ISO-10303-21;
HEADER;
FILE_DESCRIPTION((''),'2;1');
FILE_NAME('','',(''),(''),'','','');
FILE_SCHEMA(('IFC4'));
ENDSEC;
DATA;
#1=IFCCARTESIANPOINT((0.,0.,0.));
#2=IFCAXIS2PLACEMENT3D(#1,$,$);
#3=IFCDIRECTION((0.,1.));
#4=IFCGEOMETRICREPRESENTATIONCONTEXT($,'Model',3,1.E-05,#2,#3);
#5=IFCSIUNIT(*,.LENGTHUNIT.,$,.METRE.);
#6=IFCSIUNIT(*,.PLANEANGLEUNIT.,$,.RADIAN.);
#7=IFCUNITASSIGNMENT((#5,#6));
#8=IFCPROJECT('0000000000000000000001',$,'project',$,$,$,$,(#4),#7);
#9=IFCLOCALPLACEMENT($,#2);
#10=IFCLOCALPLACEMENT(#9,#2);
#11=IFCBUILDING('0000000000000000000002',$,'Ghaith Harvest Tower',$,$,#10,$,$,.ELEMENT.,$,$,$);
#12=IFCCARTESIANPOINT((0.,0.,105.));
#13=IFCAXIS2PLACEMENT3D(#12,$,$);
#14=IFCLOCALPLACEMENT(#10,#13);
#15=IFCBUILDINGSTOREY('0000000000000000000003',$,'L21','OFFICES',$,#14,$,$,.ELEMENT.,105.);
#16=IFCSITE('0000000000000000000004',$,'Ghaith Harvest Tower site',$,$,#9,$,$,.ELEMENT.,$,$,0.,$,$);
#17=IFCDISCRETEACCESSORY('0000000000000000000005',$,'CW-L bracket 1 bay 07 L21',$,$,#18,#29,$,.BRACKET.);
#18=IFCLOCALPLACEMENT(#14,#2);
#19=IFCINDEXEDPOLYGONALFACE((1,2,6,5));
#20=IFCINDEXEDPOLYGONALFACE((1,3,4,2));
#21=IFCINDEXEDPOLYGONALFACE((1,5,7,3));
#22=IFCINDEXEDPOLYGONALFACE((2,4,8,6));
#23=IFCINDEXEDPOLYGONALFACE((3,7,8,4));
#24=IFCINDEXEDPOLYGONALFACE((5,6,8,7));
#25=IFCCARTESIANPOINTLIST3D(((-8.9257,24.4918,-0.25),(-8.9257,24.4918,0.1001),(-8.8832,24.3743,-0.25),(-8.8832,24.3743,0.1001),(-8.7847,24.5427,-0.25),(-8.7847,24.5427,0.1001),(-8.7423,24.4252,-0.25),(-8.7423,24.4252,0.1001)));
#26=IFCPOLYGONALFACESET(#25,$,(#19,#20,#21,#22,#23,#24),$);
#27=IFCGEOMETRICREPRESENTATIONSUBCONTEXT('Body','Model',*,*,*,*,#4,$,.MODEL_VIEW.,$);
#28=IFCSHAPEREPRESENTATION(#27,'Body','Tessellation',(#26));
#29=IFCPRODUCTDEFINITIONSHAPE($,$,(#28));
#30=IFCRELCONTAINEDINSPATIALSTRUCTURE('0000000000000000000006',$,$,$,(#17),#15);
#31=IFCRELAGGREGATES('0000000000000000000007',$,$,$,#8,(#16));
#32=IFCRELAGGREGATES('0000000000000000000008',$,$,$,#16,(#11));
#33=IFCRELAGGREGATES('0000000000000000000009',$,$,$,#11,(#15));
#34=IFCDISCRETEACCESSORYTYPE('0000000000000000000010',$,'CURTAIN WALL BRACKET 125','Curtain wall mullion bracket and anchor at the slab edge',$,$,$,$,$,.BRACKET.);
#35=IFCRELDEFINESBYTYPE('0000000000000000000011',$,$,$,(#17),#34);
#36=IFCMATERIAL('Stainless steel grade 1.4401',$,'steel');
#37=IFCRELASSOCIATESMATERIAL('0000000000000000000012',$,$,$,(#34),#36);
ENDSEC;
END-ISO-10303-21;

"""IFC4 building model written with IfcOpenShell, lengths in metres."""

from ifc_helpers import new_model, si_unit, direction, frame, origin, origin_2d, place, context, subcontext, project, spatial, rectangle, extrude, material, type_object, element, save


model = new_model("IFC4")

# Units and contexts
model_context = context("Model", 3, precision=1e-05, world=origin(), true_north=direction((0.0, 1.0)))
body_context = subcontext(model_context, "Body", "Model", "MODEL_VIEW")
ifc_project = project(units=[si_unit("LENGTHUNIT", "METRE"), si_unit("PLANEANGLEUNIT", "RADIAN")], contexts=[model_context])

# Site, building, storey
site_placement = place(None, origin())
site = spatial("IfcSite", under=ifc_project, at=site_placement, Name="Ghaith Harvest Tower site", CompositionType="ELEMENT", RefElevation=0.0)
building_placement = place(site_placement, origin())
building = spatial("IfcBuilding", under=site, at=building_placement, Name="Ghaith Harvest Tower", CompositionType="ELEMENT")
storey_placement = place(building_placement, frame((0.0, 0.0, 105.0)))
storey = spatial("IfcBuildingStorey", under=building, at=storey_placement, Name="L21", Description="OFFICES", CompositionType="ELEMENT", Elevation=105.0)

# Discrete accessory
ifc_material_1 = material(Name="Stainless steel grade 1.4401", Category="steel")
discrete_accessory_type = type_object("IfcDiscreteAccessoryType", Name="CURTAIN WALL BRACKET 125", Description="Curtain wall mullion bracket and anchor at the slab edge", PredefinedType="BRACKET", material=ifc_material_1)
discrete_accessory_placement = place(storey_placement, frame((-8.834, 24.4585, -0.25), z_axis=(0.0, 0.0, 1.0), x_axis=(-0.339699, 0.940534, 0.0)))
element("IfcDiscreteAccessory", 1, at=discrete_accessory_placement, inside=storey, type_object=discrete_accessory_type, Name="CW-L bracket 1 bay 07 L21", PredefinedType="BRACKET", context=body_context, shape_type="SweptSolid", body=[
    extrude(rectangle(XDim=0.125, YDim=0.1499, at=origin_2d()), origin(), (0.0, 0.0, 1.0), 0.3501),
])

save(model, "model.ifc")
